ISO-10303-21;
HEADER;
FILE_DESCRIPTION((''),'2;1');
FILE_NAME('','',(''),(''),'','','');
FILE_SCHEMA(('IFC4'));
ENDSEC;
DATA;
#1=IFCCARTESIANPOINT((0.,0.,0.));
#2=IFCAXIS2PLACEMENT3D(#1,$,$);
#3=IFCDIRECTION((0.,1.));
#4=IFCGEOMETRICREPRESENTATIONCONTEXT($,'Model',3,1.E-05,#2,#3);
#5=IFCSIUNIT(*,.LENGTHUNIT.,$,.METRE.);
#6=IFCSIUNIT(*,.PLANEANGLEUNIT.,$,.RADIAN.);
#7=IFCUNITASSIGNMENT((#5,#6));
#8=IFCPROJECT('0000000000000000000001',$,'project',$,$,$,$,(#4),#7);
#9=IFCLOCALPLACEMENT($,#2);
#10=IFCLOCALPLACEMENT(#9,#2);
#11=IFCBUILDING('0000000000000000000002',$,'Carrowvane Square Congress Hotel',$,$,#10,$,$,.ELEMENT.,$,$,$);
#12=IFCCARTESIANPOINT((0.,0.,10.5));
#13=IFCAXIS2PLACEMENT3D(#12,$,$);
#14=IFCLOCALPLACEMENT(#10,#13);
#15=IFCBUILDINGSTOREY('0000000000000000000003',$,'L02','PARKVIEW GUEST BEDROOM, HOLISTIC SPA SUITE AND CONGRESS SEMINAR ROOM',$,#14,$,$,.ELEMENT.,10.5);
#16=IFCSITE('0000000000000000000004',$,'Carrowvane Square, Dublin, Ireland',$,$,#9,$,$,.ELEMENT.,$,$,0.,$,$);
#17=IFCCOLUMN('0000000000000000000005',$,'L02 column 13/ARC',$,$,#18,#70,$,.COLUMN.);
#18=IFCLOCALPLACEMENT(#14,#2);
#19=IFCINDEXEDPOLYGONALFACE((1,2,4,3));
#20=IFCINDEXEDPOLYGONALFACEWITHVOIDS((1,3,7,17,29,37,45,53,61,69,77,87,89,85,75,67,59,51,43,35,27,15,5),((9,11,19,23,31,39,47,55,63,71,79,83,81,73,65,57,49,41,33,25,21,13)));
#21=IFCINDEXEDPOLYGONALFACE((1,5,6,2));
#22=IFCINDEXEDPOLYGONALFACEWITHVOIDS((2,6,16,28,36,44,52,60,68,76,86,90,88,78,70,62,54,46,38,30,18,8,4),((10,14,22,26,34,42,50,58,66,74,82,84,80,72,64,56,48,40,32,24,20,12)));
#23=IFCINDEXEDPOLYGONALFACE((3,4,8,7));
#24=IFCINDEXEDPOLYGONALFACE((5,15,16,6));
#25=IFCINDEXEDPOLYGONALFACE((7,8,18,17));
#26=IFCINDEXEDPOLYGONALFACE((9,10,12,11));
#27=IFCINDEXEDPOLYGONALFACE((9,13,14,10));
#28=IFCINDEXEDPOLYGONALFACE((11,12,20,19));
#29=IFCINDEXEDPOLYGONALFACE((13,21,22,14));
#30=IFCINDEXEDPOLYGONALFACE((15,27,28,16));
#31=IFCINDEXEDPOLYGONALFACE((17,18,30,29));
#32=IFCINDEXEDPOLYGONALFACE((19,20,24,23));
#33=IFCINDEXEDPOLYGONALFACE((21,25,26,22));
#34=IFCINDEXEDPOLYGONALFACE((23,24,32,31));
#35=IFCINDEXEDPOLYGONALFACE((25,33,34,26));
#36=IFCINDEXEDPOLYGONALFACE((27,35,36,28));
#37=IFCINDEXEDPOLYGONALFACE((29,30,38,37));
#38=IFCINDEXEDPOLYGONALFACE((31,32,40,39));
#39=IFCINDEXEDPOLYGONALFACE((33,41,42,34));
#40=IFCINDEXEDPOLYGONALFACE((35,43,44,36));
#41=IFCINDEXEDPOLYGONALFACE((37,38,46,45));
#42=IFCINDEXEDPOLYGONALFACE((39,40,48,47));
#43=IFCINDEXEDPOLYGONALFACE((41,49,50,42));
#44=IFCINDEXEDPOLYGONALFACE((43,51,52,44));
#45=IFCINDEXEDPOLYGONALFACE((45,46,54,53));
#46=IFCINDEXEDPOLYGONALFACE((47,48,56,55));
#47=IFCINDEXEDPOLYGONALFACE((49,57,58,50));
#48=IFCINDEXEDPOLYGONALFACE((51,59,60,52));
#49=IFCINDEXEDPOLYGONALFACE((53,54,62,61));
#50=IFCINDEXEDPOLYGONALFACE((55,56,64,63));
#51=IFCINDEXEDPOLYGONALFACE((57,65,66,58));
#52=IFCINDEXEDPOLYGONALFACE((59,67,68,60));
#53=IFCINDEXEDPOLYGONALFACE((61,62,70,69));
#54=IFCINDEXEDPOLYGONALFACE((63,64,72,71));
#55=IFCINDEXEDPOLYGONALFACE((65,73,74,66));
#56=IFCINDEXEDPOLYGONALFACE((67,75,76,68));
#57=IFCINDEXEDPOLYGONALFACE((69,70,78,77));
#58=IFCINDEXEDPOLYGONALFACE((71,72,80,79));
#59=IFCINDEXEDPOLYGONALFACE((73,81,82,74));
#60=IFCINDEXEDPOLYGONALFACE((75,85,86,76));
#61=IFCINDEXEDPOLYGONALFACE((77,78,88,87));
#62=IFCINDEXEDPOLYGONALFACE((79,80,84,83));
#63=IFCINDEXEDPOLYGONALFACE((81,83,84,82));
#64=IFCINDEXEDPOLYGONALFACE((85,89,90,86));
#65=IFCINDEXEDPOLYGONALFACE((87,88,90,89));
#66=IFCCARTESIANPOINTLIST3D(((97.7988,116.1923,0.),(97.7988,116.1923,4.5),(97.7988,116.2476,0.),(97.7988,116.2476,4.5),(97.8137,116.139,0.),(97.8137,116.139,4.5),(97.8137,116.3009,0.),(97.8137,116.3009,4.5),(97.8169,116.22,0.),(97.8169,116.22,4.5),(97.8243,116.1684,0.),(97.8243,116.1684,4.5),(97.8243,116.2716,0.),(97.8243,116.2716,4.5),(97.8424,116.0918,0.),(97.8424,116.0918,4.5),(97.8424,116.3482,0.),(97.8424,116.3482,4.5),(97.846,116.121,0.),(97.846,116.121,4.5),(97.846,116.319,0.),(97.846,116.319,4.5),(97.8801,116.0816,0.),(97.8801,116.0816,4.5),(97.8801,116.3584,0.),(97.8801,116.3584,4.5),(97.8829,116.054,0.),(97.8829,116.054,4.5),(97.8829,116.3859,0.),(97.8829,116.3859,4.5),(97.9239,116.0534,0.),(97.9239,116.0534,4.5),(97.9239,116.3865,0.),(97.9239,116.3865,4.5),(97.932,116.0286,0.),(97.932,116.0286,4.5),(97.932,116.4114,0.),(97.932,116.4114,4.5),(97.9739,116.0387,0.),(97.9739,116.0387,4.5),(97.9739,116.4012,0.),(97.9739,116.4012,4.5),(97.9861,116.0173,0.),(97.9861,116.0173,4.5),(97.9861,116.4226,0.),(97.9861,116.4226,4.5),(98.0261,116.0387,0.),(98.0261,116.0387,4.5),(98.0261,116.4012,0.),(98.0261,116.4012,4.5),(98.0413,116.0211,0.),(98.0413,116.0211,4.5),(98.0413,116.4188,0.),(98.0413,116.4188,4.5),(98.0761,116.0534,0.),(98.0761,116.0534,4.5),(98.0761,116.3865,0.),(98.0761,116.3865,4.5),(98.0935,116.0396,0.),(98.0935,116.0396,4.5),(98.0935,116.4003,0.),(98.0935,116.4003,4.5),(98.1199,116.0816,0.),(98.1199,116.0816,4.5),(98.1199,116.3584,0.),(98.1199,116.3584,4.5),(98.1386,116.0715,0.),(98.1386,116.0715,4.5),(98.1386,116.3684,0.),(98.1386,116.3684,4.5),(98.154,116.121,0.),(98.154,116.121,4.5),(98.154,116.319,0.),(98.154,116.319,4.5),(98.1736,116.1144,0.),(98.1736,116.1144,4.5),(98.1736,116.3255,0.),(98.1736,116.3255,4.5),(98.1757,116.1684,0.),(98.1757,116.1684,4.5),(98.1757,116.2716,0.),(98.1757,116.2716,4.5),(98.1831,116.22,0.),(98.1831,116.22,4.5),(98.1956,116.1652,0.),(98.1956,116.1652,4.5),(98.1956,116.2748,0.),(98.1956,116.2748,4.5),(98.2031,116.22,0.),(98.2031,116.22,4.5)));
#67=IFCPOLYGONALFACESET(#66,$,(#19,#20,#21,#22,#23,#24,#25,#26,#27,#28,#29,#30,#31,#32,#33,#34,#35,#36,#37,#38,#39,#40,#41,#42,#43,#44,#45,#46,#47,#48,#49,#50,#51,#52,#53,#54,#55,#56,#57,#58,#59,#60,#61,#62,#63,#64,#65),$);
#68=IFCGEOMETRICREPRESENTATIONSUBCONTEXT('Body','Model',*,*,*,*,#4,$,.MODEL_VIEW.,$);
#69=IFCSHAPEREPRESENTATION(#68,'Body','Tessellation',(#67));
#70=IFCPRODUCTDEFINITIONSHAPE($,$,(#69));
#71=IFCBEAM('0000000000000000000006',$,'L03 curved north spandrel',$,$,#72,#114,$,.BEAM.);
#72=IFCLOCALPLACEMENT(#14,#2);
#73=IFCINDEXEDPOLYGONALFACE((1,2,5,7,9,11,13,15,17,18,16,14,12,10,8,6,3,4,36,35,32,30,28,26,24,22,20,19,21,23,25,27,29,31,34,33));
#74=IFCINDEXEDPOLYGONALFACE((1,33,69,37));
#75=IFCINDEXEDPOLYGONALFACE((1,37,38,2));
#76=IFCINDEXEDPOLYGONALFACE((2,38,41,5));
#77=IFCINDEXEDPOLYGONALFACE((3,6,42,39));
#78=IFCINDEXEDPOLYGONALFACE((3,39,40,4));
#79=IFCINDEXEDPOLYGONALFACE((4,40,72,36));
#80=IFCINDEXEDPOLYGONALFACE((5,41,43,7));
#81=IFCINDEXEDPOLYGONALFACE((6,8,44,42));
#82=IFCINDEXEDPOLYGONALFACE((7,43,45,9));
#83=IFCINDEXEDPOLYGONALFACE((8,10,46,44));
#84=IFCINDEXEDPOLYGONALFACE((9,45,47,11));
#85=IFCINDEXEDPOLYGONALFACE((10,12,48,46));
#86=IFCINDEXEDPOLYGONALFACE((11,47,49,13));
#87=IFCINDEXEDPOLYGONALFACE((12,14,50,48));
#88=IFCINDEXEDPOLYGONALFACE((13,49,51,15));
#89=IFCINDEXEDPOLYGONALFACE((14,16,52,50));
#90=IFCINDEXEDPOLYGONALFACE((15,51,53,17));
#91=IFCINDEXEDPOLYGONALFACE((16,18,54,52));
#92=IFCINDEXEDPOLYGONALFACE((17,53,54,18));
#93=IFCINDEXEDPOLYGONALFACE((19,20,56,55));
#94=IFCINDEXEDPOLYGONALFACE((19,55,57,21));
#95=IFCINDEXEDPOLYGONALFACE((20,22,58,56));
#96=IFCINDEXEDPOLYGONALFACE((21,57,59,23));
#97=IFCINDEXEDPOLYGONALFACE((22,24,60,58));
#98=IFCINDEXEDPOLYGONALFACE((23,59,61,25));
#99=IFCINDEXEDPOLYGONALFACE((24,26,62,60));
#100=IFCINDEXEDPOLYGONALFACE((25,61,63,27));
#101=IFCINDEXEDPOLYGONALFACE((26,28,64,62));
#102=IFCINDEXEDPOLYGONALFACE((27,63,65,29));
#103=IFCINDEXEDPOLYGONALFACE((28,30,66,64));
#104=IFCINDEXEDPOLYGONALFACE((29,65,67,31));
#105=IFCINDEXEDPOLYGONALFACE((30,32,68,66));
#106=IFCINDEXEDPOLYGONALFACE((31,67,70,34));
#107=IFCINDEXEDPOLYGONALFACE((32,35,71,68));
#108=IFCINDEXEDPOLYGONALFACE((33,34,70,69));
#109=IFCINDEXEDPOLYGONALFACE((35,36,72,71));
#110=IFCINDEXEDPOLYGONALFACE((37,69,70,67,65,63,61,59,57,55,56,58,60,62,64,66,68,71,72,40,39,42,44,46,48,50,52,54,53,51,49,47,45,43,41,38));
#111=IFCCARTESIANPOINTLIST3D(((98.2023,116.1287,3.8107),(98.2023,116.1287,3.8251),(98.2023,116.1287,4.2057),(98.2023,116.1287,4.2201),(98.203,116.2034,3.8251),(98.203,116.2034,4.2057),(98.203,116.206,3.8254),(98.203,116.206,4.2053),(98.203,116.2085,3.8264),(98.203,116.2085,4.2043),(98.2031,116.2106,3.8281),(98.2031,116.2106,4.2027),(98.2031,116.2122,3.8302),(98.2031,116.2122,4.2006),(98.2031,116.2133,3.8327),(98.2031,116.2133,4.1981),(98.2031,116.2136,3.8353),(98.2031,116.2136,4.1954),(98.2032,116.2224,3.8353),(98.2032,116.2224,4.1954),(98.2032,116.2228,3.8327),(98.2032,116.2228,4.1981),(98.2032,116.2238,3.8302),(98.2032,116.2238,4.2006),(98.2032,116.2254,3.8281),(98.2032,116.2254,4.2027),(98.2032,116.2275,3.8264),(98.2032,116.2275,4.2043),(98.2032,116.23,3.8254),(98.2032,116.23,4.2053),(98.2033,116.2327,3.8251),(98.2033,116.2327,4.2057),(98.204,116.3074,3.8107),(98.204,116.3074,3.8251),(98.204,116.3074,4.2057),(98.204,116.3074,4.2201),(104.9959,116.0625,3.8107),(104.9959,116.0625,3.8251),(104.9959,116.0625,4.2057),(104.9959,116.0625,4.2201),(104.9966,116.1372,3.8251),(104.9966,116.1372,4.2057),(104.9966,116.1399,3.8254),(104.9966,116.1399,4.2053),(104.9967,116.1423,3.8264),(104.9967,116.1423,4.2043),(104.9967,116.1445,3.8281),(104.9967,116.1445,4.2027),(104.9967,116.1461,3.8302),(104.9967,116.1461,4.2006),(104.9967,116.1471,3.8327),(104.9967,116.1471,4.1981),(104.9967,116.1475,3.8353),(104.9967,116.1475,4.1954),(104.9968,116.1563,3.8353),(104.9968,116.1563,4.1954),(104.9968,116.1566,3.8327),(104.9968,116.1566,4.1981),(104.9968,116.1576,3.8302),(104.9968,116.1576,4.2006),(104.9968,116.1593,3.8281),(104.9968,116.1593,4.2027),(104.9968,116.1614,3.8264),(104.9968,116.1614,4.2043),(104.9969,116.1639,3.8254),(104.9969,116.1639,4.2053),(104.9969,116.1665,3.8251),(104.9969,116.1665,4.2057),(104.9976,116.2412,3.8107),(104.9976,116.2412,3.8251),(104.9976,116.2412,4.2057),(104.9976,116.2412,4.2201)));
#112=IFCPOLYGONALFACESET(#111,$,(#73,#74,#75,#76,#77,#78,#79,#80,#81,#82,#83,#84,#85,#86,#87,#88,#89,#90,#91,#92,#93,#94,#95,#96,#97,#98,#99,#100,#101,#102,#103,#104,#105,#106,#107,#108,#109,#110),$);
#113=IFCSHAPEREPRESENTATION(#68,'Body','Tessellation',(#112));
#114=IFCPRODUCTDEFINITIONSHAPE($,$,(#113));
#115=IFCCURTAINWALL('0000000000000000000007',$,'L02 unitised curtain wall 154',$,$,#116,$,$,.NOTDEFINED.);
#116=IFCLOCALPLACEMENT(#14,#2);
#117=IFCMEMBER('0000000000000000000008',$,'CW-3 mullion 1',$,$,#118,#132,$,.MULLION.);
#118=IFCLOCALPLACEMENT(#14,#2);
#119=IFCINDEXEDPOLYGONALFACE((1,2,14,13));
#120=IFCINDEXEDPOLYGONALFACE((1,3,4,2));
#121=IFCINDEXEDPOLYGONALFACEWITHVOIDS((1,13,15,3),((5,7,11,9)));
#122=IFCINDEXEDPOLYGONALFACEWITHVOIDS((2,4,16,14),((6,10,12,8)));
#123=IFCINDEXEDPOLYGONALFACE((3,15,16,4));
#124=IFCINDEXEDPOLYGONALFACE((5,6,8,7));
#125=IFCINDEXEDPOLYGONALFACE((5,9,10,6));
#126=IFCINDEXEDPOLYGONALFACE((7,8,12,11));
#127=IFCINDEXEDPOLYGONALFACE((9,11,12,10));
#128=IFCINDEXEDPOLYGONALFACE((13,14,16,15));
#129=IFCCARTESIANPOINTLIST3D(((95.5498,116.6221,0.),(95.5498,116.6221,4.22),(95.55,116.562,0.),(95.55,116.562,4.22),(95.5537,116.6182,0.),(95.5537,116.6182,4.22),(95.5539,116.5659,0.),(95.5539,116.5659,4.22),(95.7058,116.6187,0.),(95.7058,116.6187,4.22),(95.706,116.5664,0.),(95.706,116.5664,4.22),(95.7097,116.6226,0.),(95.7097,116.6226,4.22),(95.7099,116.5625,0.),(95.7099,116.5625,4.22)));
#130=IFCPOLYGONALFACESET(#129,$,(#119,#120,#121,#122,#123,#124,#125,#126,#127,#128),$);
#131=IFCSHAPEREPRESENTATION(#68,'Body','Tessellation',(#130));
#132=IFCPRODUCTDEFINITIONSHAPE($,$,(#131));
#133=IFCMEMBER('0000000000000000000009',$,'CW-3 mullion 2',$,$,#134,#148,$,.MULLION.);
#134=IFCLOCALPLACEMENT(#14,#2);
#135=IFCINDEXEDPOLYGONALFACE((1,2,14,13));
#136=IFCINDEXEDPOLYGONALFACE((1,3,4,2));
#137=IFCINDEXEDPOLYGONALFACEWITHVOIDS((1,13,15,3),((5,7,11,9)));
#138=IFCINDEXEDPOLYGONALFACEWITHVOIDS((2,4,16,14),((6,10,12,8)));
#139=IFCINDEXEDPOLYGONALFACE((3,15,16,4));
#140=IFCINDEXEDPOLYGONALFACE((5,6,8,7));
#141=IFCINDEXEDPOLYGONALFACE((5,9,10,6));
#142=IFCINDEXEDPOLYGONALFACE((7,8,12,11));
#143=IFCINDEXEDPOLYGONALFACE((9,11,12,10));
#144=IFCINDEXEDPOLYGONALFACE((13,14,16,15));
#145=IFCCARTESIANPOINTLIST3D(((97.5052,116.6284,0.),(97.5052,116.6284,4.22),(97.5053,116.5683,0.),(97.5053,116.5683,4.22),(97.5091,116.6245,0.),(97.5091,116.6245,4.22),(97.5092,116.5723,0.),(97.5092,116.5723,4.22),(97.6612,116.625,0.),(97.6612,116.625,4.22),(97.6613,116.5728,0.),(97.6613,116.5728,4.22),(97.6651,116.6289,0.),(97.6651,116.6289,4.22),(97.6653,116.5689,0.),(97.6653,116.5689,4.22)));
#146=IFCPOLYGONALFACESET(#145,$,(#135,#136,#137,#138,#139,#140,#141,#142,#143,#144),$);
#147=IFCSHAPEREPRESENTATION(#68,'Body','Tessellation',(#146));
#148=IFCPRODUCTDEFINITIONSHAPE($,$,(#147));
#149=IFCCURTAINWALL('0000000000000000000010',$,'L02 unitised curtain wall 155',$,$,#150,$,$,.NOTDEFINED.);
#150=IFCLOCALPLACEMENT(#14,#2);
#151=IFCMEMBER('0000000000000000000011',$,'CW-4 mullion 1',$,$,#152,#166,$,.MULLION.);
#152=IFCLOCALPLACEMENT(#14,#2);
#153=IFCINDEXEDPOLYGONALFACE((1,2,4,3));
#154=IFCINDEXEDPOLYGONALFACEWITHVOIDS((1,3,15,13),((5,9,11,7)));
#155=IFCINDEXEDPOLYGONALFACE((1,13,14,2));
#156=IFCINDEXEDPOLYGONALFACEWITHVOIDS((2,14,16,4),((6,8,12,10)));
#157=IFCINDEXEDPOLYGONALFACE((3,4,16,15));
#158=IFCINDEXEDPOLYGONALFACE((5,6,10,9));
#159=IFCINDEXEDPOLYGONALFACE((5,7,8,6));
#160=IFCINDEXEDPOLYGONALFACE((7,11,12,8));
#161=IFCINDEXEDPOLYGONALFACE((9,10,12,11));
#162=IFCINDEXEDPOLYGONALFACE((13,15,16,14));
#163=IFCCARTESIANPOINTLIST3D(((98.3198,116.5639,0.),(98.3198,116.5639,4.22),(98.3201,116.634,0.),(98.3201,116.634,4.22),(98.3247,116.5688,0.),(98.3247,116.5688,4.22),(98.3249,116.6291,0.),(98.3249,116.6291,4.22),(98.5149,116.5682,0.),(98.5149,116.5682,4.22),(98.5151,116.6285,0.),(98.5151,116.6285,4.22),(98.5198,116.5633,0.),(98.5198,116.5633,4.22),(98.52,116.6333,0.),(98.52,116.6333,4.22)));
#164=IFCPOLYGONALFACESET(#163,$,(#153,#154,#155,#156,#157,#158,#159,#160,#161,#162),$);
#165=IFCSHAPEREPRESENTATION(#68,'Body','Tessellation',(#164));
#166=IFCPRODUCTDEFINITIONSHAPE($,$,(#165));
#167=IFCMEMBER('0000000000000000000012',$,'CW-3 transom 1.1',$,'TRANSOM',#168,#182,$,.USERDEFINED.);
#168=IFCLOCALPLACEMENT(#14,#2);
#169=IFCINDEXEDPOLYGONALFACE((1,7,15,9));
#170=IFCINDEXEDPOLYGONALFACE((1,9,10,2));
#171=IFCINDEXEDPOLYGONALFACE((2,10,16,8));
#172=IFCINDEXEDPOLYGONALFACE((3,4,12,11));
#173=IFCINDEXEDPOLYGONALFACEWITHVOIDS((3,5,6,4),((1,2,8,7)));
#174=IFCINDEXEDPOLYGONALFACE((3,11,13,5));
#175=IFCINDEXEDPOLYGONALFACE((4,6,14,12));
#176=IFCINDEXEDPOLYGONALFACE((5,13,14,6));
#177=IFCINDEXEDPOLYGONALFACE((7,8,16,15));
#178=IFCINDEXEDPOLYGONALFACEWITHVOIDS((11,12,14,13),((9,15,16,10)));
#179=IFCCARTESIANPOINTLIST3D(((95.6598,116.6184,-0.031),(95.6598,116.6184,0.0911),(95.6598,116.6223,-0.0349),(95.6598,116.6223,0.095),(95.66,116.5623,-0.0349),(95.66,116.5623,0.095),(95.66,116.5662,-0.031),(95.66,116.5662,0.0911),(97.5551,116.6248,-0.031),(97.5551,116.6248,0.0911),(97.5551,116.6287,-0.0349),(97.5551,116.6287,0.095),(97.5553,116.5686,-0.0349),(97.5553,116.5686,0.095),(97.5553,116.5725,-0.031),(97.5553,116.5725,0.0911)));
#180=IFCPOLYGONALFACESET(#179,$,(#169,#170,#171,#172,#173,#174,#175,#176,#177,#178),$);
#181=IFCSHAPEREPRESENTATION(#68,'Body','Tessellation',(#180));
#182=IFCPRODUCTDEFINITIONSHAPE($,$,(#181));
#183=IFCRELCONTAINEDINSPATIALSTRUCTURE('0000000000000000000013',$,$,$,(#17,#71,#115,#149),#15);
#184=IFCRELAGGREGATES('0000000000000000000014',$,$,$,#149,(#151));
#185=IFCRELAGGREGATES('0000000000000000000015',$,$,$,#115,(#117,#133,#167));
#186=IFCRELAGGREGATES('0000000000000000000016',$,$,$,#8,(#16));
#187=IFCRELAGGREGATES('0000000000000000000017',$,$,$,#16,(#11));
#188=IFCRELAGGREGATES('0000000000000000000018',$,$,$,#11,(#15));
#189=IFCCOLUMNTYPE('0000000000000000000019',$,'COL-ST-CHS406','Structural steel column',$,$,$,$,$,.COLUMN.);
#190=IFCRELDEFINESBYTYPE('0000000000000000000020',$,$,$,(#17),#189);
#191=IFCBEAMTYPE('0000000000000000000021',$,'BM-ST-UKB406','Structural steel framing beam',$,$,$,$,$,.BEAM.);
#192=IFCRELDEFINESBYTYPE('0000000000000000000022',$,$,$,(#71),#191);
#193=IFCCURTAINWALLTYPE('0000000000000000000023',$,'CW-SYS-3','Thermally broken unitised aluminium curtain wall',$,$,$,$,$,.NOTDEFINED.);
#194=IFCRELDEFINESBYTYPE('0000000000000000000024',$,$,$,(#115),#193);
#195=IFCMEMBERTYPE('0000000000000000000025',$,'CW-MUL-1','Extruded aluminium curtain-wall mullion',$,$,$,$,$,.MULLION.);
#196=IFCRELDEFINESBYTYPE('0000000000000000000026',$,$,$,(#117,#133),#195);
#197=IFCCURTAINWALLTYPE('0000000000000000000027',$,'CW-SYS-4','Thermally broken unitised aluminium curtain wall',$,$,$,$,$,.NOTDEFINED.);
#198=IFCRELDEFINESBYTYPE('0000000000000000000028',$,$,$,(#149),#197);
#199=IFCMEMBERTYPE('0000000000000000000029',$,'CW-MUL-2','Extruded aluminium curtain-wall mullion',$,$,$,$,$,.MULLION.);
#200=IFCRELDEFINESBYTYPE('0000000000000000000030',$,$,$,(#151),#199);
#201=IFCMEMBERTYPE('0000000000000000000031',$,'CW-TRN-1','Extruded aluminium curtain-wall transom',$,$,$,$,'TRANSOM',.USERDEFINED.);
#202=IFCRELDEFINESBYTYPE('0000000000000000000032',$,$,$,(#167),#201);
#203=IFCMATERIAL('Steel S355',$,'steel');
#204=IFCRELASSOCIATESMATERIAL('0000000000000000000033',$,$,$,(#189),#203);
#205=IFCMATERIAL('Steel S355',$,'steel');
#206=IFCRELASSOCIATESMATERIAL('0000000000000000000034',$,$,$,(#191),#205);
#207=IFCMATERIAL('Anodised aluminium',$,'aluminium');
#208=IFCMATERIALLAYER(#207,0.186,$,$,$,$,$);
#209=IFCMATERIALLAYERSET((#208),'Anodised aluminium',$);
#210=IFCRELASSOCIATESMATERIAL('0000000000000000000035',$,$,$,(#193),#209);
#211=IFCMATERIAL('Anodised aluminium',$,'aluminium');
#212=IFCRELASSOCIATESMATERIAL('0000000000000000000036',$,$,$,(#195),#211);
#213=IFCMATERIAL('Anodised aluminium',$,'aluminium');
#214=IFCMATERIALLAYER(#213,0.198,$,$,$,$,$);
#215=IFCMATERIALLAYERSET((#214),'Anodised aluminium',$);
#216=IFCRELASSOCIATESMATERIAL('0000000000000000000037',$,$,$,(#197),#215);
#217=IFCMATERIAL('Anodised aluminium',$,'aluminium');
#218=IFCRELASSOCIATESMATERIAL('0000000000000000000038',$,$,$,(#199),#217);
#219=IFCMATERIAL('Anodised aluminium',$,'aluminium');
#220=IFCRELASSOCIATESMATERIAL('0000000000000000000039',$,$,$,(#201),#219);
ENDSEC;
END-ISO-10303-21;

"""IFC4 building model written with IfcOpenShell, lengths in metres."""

from ifc_helpers import new_model, si_unit, direction, frame, origin, origin_2d, place, context, subcontext, project, spatial, hollow_rectangle, hollow_circle, i_section, extrude, material, layer, layer_set, material_profile, profile_set, type_object, element, aggregate, save


model = new_model("IFC4")

# Units and contexts
model_context = context("Model", 3, precision=1e-05, world=origin(), true_north=direction((0.0, 1.0)))
body_context = subcontext(model_context, "Body", "Model", "MODEL_VIEW")
ifc_project = project(units=[si_unit("LENGTHUNIT", "METRE"), si_unit("PLANEANGLEUNIT", "RADIAN")], contexts=[model_context])

# Site, building, storey
site_placement = place(None, origin())
site = spatial("IfcSite", under=ifc_project, at=site_placement, Name="Carrowvane Square, Dublin, Ireland", CompositionType="ELEMENT", RefElevation=0.0)
building_placement = place(site_placement, origin())
building = spatial("IfcBuilding", under=site, at=building_placement, Name="Carrowvane Square Congress Hotel", CompositionType="ELEMENT")
storey_placement = place(building_placement, frame((0.0, 0.0, 10.5)))
storey = spatial("IfcBuildingStorey", under=building, at=storey_placement, Name="L02", Description="PARKVIEW GUEST BEDROOM, HOLISTIC SPA SUITE AND CONGRESS SEMINAR ROOM", CompositionType="ELEMENT", Elevation=10.5)

# Column
ifc_material_1 = material(Name="Steel S355", Category="steel")
ifc_material_profile_1 = material_profile(ifc_material_1, hollow_circle(Radius=0.2031, WallThickness=0.02, at=origin_2d()), Name="CHS 406.4x20")
ifc_profile_set_1 = profile_set([ifc_material_profile_1], Name="Steel S355")
column_type = type_object("IfcColumnType", Name="COL-ST-CHS406", Description="Structural steel column", PredefinedType="COLUMN", material=ifc_profile_set_1)
column_placement = place(storey_placement, frame((98.0, 116.22, 0.0), z_axis=(0.0, 0.0, 1.0), x_axis=(1.0, 0.0, 0.0)))
element("IfcColumn", 1, at=column_placement, inside=storey, type_object=column_type, Name="L02 column 13/ARC", PredefinedType="COLUMN", context=body_context, shape_type="SweptSolid", body=[
    extrude(hollow_circle(Radius=0.2031, WallThickness=0.02, at=origin_2d()), origin(), (0.0, 0.0, 1.0), 4.5),
])

# Beam
ifc_material_2 = material(Name="Steel S355", Category="steel")
ifc_material_profile_2 = material_profile(ifc_material_2, i_section(OverallWidth=0.1787, OverallDepth=0.4094, WebThickness=0.0088, FlangeThickness=0.0144, FilletRadius=0.0103, at=origin_2d()), Name="UKB 406x178x67")
ifc_profile_set_2 = profile_set([ifc_material_profile_2], Name="Steel S355")
beam_type = type_object("IfcBeamType", Name="BM-ST-UKB406", Description="Structural steel framing beam", PredefinedType="BEAM", material=ifc_profile_set_2)
beam_placement = place(storey_placement, frame((98.2031, 116.218, 4.0154), z_axis=(0.999953, -0.009738, 0.0), x_axis=(0.009738, 0.999953, 0.0)))
element("IfcBeam", 2, at=beam_placement, inside=storey, type_object=beam_type, Name="L03 curved north spandrel", PredefinedType="BEAM", context=body_context, shape_type="SweptSolid", body=[
    extrude(i_section(OverallWidth=0.1787, OverallDepth=0.4094, WebThickness=0.0088, FlangeThickness=0.0144, FilletRadius=0.0103, at=origin_2d()), origin(), (0.0, 0.0, 1.0), 6.7939),
])

# Curtain wall, members
ifc_material_3 = material(Name="Anodised aluminium", Category="aluminium")
ifc_layer_1 = layer(ifc_material_3, 0.186)
ifc_layer_set_1 = layer_set([ifc_layer_1], Name="Anodised aluminium")
curtain_wall_type_1 = type_object("IfcCurtainWallType", Name="CW-SYS-3", Description="Thermally broken unitised aluminium curtain wall", PredefinedType="NOTDEFINED", material=ifc_layer_set_1)
curtain_wall_1_placement = place(storey_placement, origin())
curtain_wall_1 = element("IfcCurtainWall", 3, at=curtain_wall_1_placement, inside=storey, type_object=curtain_wall_type_1, Name="L02 unitised curtain wall 154", PredefinedType="NOTDEFINED")
ifc_material_4 = material(Name="Anodised aluminium", Category="aluminium")
ifc_material_profile_3 = material_profile(ifc_material_4, hollow_rectangle(XDim=0.0601, YDim=0.1599, WallThickness=0.0039, at=origin_2d()), Name="CW-ML 60x160x4")
ifc_profile_set_3 = profile_set([ifc_material_profile_3], Name="Anodised aluminium")
member_type_1 = type_object("IfcMemberType", Name="CW-MUL-1", Description="Extruded aluminium curtain-wall mullion", PredefinedType="MULLION", material=ifc_profile_set_3)
member_1_placement = place(storey_placement, frame((95.6299, 116.5923, 0.0), z_axis=(0.0, 0.0, 1.0), x_axis=(-0.00327, 0.999995, 0.0)))
member_1 = element("IfcMember", 4, at=member_1_placement, type_object=member_type_1, Name="CW-3 mullion 1", PredefinedType="MULLION", context=body_context, shape_type="SweptSolid", body=[
    extrude(hollow_rectangle(XDim=0.0601, YDim=0.1599, WallThickness=0.0039, at=origin_2d()), origin(), (0.0, 0.0, 1.0), 4.22),
])
member_2_placement = place(storey_placement, frame((97.5852, 116.5986, 0.0), z_axis=(0.0, 0.0, 1.0), x_axis=(-0.00327, 0.999995, 0.0)))
member_2 = element("IfcMember", 5, at=member_2_placement, type_object=member_type_1, Name="CW-3 mullion 2", PredefinedType="MULLION", context=body_context, shape_type="SweptSolid", body=[
    extrude(hollow_rectangle(XDim=0.0601, YDim=0.1599, WallThickness=0.0039, at=origin_2d()), origin(), (0.0, 0.0, 1.0), 4.22),
])

# Curtain wall, member
ifc_material_5 = material(Name="Anodised aluminium", Category="aluminium")
ifc_layer_2 = layer(ifc_material_5, 0.198)
ifc_layer_set_2 = layer_set([ifc_layer_2], Name="Anodised aluminium")
curtain_wall_type_2 = type_object("IfcCurtainWallType", Name="CW-SYS-4", Description="Thermally broken unitised aluminium curtain wall", PredefinedType="NOTDEFINED", material=ifc_layer_set_2)
curtain_wall_2_placement = place(storey_placement, origin())
curtain_wall_2 = element("IfcCurtainWall", 6, at=curtain_wall_2_placement, inside=storey, type_object=curtain_wall_type_2, Name="L02 unitised curtain wall 155", PredefinedType="NOTDEFINED")
ifc_material_6 = material(Name="Anodised aluminium", Category="aluminium")
ifc_material_profile_4 = material_profile(ifc_material_6, hollow_rectangle(XDim=0.0701, YDim=0.2, WallThickness=0.0049, at=origin_2d()), Name="CW-ML 70x200x5")
ifc_profile_set_4 = profile_set([ifc_material_profile_4], Name="Anodised aluminium")
member_type_2 = type_object("IfcMemberType", Name="CW-MUL-2", Description="Extruded aluminium curtain-wall mullion", PredefinedType="MULLION", material=ifc_profile_set_4)
member_3_placement = place(storey_placement, frame((98.4199, 116.5986, 0.0), z_axis=(0.0, 0.0, 1.0), x_axis=(0.00327, 0.999995, 0.0)))
member_3 = element("IfcMember", 7, at=member_3_placement, type_object=member_type_2, Name="CW-4 mullion 1", PredefinedType="MULLION", context=body_context, shape_type="SweptSolid", body=[
    extrude(hollow_rectangle(XDim=0.0701, YDim=0.2, WallThickness=0.0049, at=origin_2d()), origin(), (0.0, 0.0, 1.0), 4.22),
])

# Member
ifc_material_7 = material(Name="Anodised aluminium", Category="aluminium")
ifc_material_profile_5 = material_profile(ifc_material_7, hollow_rectangle(XDim=0.0601, YDim=0.1299, WallThickness=0.0039, at=origin_2d()), Name="CW-TR 60x130x4")
ifc_profile_set_5 = profile_set([ifc_material_profile_5], Name="Anodised aluminium")
member_type_3 = type_object("IfcMemberType", Name="CW-TRN-1", Description="Extruded aluminium curtain-wall transom", ElementType="TRANSOM", PredefinedType="USERDEFINED", material=ifc_profile_set_5)
member_4_placement = place(storey_placement, frame((95.6599, 116.5923, 0.03), z_axis=(0.999994, 0.003349, 0.0), x_axis=(-0.003349, 0.999994, 0.0)))
member_4 = element("IfcMember", 8, at=member_4_placement, type_object=member_type_3, Name="CW-3 transom 1.1", ObjectType="TRANSOM", PredefinedType="USERDEFINED", context=body_context, shape_type="SweptSolid", body=[
    extrude(hollow_rectangle(XDim=0.0601, YDim=0.1299, WallThickness=0.0039, at=origin_2d()), origin(), (0.0, 0.0, 1.0), 1.8953),
])
aggregate(curtain_wall_2, [member_3])

aggregate(curtain_wall_1, [member_1, member_2, member_4])

save(model, "model.ifc")
